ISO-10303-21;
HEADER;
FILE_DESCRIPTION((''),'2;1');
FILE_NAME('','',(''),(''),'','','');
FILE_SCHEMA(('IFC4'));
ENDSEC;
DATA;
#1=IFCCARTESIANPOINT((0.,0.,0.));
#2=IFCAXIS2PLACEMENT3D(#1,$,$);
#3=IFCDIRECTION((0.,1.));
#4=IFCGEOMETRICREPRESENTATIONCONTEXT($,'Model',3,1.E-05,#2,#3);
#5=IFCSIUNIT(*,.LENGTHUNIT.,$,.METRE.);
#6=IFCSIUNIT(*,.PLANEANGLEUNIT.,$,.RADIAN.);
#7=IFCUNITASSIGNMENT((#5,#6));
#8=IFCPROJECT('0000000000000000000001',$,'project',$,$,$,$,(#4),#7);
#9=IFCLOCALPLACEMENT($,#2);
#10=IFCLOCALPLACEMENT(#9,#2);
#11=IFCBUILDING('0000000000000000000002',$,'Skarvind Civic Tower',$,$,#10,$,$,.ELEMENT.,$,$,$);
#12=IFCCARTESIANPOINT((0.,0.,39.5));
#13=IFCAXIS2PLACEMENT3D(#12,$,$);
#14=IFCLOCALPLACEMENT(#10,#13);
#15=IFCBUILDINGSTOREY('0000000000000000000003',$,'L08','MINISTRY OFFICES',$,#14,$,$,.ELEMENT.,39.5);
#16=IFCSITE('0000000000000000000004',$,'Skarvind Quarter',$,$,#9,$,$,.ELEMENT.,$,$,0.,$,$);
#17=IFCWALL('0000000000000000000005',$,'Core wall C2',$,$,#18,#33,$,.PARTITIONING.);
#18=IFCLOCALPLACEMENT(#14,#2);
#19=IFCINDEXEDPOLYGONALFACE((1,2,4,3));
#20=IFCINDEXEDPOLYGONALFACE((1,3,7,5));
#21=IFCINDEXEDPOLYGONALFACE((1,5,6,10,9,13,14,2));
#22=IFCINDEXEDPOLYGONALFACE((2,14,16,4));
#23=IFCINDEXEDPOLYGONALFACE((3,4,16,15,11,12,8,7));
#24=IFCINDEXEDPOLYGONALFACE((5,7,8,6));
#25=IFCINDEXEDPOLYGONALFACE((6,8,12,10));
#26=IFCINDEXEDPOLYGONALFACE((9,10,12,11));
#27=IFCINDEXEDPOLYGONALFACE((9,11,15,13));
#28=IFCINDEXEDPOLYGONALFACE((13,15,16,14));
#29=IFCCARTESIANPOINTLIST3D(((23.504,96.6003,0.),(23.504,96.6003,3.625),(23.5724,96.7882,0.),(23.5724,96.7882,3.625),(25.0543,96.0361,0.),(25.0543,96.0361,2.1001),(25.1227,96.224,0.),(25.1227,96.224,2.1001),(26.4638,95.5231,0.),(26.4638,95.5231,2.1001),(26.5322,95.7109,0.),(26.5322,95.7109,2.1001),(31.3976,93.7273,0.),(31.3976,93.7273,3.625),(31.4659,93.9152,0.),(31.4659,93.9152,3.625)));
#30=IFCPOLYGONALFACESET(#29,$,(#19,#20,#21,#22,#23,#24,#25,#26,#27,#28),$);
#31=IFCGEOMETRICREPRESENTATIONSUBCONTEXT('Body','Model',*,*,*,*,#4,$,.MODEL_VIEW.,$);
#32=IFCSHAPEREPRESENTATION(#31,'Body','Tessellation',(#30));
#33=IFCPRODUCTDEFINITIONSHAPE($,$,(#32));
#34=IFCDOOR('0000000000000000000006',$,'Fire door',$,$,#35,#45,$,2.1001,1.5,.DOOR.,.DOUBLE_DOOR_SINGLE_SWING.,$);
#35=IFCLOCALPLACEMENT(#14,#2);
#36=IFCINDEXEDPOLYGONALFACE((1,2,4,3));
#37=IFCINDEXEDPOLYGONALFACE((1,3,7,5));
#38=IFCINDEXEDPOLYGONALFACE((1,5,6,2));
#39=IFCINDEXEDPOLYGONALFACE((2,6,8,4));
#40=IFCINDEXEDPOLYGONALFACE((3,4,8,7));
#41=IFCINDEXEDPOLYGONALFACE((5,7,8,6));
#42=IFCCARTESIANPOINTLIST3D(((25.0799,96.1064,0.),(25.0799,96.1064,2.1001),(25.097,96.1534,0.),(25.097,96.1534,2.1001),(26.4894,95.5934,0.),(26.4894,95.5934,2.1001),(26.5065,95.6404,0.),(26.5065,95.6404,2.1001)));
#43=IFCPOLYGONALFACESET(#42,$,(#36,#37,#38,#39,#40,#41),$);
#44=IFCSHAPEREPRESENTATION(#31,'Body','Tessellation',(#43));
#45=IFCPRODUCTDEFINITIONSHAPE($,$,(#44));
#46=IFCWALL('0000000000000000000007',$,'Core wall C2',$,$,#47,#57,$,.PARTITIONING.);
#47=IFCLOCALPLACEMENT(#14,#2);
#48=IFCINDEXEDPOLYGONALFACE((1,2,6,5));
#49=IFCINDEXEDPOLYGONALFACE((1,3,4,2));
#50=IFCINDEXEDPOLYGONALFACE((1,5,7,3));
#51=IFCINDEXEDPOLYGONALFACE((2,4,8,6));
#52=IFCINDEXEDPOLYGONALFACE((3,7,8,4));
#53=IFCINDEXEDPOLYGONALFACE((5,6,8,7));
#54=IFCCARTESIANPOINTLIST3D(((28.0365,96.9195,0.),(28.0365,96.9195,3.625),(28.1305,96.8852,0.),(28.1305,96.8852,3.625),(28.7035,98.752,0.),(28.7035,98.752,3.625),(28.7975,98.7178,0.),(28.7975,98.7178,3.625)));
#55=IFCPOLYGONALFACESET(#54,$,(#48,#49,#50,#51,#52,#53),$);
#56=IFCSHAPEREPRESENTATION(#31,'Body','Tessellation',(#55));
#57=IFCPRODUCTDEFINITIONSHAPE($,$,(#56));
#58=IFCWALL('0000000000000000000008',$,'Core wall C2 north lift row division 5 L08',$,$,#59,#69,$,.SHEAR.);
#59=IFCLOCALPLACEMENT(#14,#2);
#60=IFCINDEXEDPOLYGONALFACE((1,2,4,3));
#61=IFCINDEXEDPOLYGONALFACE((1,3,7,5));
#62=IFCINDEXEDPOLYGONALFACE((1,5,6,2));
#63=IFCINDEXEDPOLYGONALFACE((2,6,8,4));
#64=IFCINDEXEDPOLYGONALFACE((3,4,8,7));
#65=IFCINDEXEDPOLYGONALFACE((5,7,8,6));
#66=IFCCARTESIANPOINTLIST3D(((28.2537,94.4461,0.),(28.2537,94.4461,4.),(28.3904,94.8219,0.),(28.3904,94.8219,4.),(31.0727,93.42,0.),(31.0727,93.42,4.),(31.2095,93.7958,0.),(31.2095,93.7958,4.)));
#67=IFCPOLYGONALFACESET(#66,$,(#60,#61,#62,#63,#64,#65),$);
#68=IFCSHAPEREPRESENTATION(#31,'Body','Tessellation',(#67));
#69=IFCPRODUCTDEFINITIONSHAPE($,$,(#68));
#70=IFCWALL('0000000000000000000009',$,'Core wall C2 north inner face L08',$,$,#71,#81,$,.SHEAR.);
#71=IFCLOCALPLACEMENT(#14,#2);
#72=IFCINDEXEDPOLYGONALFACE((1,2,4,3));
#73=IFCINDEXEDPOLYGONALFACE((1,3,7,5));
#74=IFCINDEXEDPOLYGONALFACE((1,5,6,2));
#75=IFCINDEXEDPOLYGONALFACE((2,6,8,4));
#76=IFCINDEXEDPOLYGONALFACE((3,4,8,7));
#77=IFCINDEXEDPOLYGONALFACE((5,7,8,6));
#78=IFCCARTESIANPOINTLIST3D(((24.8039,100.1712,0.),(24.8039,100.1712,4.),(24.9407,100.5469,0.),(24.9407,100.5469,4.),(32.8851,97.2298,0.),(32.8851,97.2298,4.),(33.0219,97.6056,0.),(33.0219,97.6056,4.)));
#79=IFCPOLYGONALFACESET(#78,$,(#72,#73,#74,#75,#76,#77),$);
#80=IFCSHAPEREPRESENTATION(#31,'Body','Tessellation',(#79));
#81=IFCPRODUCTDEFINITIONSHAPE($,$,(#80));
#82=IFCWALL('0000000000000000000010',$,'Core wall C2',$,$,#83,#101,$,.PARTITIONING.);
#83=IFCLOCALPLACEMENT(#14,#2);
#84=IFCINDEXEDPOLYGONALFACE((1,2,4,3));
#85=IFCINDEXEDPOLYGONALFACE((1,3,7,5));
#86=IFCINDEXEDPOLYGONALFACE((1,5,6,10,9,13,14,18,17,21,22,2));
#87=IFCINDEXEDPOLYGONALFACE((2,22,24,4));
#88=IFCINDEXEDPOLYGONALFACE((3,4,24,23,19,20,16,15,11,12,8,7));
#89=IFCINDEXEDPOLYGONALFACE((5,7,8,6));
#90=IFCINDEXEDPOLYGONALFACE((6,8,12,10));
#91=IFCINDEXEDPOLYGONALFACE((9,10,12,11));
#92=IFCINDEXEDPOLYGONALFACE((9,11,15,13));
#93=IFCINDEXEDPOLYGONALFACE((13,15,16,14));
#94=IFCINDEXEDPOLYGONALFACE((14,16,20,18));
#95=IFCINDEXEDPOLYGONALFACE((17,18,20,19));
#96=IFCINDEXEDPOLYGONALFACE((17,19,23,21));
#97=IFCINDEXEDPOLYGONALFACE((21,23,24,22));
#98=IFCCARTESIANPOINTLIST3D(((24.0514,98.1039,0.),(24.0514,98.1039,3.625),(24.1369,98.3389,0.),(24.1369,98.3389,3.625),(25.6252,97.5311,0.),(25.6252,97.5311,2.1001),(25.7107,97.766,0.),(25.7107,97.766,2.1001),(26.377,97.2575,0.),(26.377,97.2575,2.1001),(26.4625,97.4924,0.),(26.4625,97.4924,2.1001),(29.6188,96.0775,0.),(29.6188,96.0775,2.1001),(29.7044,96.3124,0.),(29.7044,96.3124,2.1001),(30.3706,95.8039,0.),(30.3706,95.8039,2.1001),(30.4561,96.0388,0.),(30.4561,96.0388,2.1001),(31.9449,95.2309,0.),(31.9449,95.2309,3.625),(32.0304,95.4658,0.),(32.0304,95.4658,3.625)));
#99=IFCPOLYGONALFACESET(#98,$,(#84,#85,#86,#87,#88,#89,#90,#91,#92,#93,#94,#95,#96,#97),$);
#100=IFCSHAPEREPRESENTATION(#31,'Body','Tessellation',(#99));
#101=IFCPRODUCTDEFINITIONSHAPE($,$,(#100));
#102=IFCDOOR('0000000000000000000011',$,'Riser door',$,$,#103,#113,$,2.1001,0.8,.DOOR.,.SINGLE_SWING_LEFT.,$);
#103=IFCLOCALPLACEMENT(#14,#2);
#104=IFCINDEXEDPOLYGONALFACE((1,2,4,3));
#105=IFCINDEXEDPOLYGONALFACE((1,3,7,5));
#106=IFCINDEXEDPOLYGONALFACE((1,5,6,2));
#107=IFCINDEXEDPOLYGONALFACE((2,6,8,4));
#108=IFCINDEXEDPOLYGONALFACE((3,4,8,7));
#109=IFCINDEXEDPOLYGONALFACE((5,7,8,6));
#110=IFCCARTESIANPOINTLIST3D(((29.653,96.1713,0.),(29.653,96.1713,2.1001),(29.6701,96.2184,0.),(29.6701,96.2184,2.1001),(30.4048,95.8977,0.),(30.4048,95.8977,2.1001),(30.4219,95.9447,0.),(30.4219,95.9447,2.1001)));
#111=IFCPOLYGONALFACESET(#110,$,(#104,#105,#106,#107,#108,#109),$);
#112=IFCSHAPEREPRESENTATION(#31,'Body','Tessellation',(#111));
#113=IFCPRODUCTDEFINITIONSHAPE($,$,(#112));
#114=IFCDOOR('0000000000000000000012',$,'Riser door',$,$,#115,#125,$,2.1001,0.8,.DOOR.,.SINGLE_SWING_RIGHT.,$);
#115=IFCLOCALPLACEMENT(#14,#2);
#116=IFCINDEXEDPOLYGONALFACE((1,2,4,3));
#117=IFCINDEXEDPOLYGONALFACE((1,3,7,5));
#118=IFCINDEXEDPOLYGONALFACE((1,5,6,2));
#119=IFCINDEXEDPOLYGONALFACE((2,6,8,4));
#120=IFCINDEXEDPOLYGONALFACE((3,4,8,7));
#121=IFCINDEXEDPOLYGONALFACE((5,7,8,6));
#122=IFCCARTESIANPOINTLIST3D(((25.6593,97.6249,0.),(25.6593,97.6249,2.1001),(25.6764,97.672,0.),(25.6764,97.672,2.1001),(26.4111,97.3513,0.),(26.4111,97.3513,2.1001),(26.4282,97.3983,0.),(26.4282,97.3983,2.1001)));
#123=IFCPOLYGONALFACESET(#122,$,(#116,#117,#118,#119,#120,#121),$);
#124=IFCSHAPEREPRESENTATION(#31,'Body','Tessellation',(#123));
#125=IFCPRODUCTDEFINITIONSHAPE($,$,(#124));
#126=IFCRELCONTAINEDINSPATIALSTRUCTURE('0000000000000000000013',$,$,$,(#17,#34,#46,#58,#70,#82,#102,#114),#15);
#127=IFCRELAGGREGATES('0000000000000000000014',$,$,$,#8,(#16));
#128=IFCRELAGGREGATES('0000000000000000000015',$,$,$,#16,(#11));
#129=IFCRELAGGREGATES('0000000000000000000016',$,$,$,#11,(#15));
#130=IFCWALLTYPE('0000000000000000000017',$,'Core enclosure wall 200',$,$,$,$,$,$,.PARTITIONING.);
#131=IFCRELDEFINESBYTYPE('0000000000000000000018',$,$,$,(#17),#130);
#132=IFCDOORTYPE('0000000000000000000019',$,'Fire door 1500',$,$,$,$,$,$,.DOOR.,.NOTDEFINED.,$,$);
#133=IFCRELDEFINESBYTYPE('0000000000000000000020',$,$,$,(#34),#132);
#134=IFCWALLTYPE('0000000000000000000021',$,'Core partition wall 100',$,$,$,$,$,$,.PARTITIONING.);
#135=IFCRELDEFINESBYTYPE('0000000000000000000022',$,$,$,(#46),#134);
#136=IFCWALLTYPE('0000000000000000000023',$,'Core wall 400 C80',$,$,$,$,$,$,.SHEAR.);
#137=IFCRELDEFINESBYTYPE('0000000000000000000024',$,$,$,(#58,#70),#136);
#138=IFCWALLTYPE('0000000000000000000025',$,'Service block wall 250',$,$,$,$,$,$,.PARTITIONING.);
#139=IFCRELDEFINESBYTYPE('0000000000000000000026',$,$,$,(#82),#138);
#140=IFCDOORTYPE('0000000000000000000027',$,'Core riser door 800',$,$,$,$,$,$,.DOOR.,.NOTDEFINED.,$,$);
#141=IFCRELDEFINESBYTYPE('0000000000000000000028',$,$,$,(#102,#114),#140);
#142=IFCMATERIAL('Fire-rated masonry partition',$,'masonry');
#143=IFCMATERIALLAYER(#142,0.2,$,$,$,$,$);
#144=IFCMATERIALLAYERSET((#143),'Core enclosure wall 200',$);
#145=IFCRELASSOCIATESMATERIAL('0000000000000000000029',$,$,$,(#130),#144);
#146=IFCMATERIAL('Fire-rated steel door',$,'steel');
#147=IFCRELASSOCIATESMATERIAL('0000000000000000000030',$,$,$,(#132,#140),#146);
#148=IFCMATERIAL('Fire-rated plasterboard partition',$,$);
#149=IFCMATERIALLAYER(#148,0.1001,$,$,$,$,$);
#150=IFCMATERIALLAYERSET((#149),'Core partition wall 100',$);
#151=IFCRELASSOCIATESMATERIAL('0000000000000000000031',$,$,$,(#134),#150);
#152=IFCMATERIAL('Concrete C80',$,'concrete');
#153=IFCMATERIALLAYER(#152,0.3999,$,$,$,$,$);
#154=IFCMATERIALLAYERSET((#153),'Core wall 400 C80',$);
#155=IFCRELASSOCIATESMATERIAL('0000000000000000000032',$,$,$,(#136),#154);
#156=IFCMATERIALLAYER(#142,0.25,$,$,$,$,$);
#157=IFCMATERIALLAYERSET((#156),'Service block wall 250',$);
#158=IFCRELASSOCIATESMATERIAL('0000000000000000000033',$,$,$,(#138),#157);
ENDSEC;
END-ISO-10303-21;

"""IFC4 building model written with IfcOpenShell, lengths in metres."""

from ifc_helpers import new_model, si_unit, direction, frame, frame_2d, origin, place, context, subcontext, project, spatial, rectangle, extrude, material, layer, layer_set, type_object, element, fill, save


model = new_model("IFC4")

# Units and contexts
model_context = context("Model", 3, precision=1e-05, world=origin(), true_north=direction((0.0, 1.0)))
body_context = subcontext(model_context, "Body", "Model", "MODEL_VIEW")
ifc_project = project(units=[si_unit("LENGTHUNIT", "METRE"), si_unit("PLANEANGLEUNIT", "RADIAN")], contexts=[model_context])

# Site, building, storey
site_placement = place(None, origin())
site = spatial("IfcSite", under=ifc_project, at=site_placement, Name="Skarvind Quarter", CompositionType="ELEMENT", RefElevation=0.0)
building_placement = place(site_placement, origin())
building = spatial("IfcBuilding", under=site, at=building_placement, Name="Skarvind Civic Tower", CompositionType="ELEMENT")
storey_placement = place(building_placement, frame((0.0, 0.0, 39.5)))
storey = spatial("IfcBuildingStorey", under=building, at=storey_placement, Name="L08", Description="MINISTRY OFFICES", CompositionType="ELEMENT", Elevation=39.5)

# Shared definitions
ifc_material_1 = material(Name="Concrete C80", Category="concrete")

# Wall, opening, door
ifc_material_2 = material(Name="Fire-rated masonry partition", Category="masonry")
ifc_layer_1 = layer(ifc_material_2, 0.2)
ifc_layer_set_1 = layer_set([ifc_layer_1], Name="Core enclosure wall 200")
wall_type_1 = type_object("IfcWallType", Name="Core enclosure wall 200", PredefinedType="PARTITIONING", material=ifc_layer_set_1)
ifc_material_3 = material(Name="Fire-rated steel door", Category="steel")
wall_1_placement = place(storey_placement, frame((23.5381, 96.6943, 0.0), z_axis=(0.0, 0.0, 1.0), x_axis=(0.939692, -0.342023, 0.0)))
wall_1 = element("IfcWall", 1, at=wall_1_placement, inside=storey, type_object=wall_type_1, Name="Core wall C2", PredefinedType="PARTITIONING", context=body_context, shape_type="SweptSolid", body=[
    extrude(rectangle(XDim=8.4001, YDim=0.2, at=frame_2d((4.2002, 0.0))), origin(), (0.0, 0.0, 1.0), 3.625),
])
opening_1_placement = place(wall_1_placement, frame((1.6499, 0.0, 0.0)))
opening_1 = element("IfcOpeningElement", 2, at=opening_1_placement, cuts=wall_1, PredefinedType="OPENING", context=body_context, shape_type="SweptSolid", body=[
    extrude(rectangle(XDim=1.5, YDim=2.1001, at=frame_2d((0.75, 1.05))), frame((0.0, 0.1099, 0.0), z_axis=(0.0, -1.0, 0.0), x_axis=(1.0, 0.0, 0.0)), (0.0, 0.0, 1.0), 0.22),
])
door_type_1 = type_object("IfcDoorType", Name="Fire door 1500", OperationType="NOTDEFINED", PredefinedType="DOOR", material=ifc_material_3)
door_1_placement = place(opening_1_placement, origin())
door_1 = element("IfcDoor", 3, at=door_1_placement, inside=storey, type_object=door_type_1, Name="Fire door", OperationType="DOUBLE_DOOR_SINGLE_SWING", OverallHeight=2.1001, OverallWidth=1.5, PredefinedType="DOOR", context=body_context, shape_type="SweptSolid", body=[
    extrude(rectangle(XDim=1.5, YDim=2.1001, at=frame_2d((0.75, 1.05))), frame((0.0, 0.0249, 0.0), z_axis=(0.0, -1.0, 0.0), x_axis=(1.0, 0.0, 0.0)), (0.0, 0.0, 1.0), 0.05),
])
fill(opening_1, door_1)

# Walls
ifc_material_4 = material(Name="Fire-rated plasterboard partition")
ifc_layer_2 = layer(ifc_material_4, 0.1001)
ifc_layer_set_2 = layer_set([ifc_layer_2], Name="Core partition wall 100")
wall_type_2 = type_object("IfcWallType", Name="Core partition wall 100", PredefinedType="PARTITIONING", material=ifc_layer_set_2)
wall_2_placement = place(storey_placement, frame((28.0835, 96.9023, 0.0), z_axis=(0.0, 0.0, 1.0), x_axis=(0.342025, 0.939691, 0.0)))
element("IfcWall", 4, at=wall_2_placement, inside=storey, type_object=wall_type_2, Name="Core wall C2", PredefinedType="PARTITIONING", context=body_context, shape_type="SweptSolid", body=[
    extrude(rectangle(XDim=1.9502, YDim=0.1001, at=frame_2d((0.9751, 0.0))), origin(), (0.0, 0.0, 1.0), 3.625),
])
ifc_layer_3 = layer(ifc_material_1, 0.3999)
ifc_layer_set_3 = layer_set([ifc_layer_3], Name="Core wall 400 C80")
wall_type_3 = type_object("IfcWallType", Name="Core wall 400 C80", PredefinedType="SHEAR", material=ifc_layer_set_3)
wall_3_placement = place(storey_placement, frame((31.1411, 93.6079, 0.0), z_axis=(0.0, 0.0, 1.0), x_axis=(-0.939686, 0.342037, 0.0)))
element("IfcWall", 5, at=wall_3_placement, inside=storey, type_object=wall_type_3, Name="Core wall C2 north lift row division 5 L08", PredefinedType="SHEAR", context=body_context, shape_type="SweptSolid", body=[
    extrude(rectangle(XDim=3.0, YDim=0.3999, at=frame_2d((1.5, 0.0))), origin(), (0.0, 0.0, 1.0), 4.0),
])
wall_4_placement = place(storey_placement, frame((32.9534, 97.4177, 0.0), z_axis=(0.0, 0.0, 1.0), x_axis=(-0.939691, 0.342026, 0.0)))
element("IfcWall", 6, at=wall_4_placement, inside=storey, type_object=wall_type_3, Name="Core wall C2 north inner face L08", PredefinedType="SHEAR", context=body_context, shape_type="SweptSolid", body=[
    extrude(rectangle(XDim=8.5999, YDim=0.3999, at=frame_2d((4.2998, 0.0))), origin(), (0.0, 0.0, 1.0), 4.0),
])

# Wall, openings, doors
ifc_layer_4 = layer(ifc_material_2, 0.25)
ifc_layer_set_4 = layer_set([ifc_layer_4], Name="Service block wall 250")
wall_type_4 = type_object("IfcWallType", Name="Service block wall 250", PredefinedType="PARTITIONING", material=ifc_layer_set_4)
wall_5_placement = place(storey_placement, frame((24.094, 98.2214, 0.0), z_axis=(0.0, 0.0, 1.0), x_axis=(0.939692, -0.342023, 0.0)))
wall_5 = element("IfcWall", 7, at=wall_5_placement, inside=storey, type_object=wall_type_4, Name="Core wall C2", PredefinedType="PARTITIONING", context=body_context, shape_type="SweptSolid", body=[
    extrude(rectangle(XDim=8.4001, YDim=0.25, at=frame_2d((4.2002, 0.0))), origin(), (0.0, 0.0, 1.0), 3.625),
])
opening_2_placement = place(wall_5_placement, frame((5.925, 0.0, 0.0)))
opening_2 = element("IfcOpeningElement", 8, at=opening_2_placement, cuts=wall_5, PredefinedType="OPENING", context=body_context, shape_type="SweptSolid", body=[
    extrude(rectangle(XDim=0.8, YDim=2.1001, at=frame_2d((0.3999, 1.05))), frame((0.0, 0.135, 0.0), z_axis=(0.0, -1.0, 0.0), x_axis=(1.0, 0.0, 0.0)), (0.0, 0.0, 1.0), 0.27),
])
opening_3_placement = place(wall_5_placement, frame((1.675, 0.0, 0.0)))
opening_3 = element("IfcOpeningElement", 9, at=opening_3_placement, cuts=wall_5, PredefinedType="OPENING", context=body_context, shape_type="SweptSolid", body=[
    extrude(rectangle(XDim=0.8, YDim=2.1001, at=frame_2d((0.3999, 1.05))), frame((0.0, 0.135, 0.0), z_axis=(0.0, -1.0, 0.0), x_axis=(1.0, 0.0, 0.0)), (0.0, 0.0, 1.0), 0.27),
])
door_type_2 = type_object("IfcDoorType", Name="Core riser door 800", OperationType="NOTDEFINED", PredefinedType="DOOR", material=ifc_material_3)
door_2_placement = place(opening_2_placement, origin())
door_2 = element("IfcDoor", 10, at=door_2_placement, inside=storey, type_object=door_type_2, Name="Riser door", OperationType="SINGLE_SWING_LEFT", OverallHeight=2.1001, OverallWidth=0.8, PredefinedType="DOOR", context=body_context, shape_type="SweptSolid", body=[
    extrude(rectangle(XDim=0.8, YDim=2.1001, at=frame_2d((0.3999, 1.05))), frame((0.0, 0.0249, 0.0), z_axis=(0.0, -1.0, 0.0), x_axis=(1.0, 0.0, 0.0)), (0.0, 0.0, 1.0), 0.05),
])
fill(opening_2, door_2)
door_3_placement = place(opening_3_placement, origin())
door_3 = element("IfcDoor", 11, at=door_3_placement, inside=storey, type_object=door_type_2, Name="Riser door", OperationType="SINGLE_SWING_RIGHT", OverallHeight=2.1001, OverallWidth=0.8, PredefinedType="DOOR", context=body_context, shape_type="SweptSolid", body=[
    extrude(rectangle(XDim=0.8, YDim=2.1001, at=frame_2d((0.3999, 1.05))), frame((0.0, 0.0249, 0.0), z_axis=(0.0, -1.0, 0.0), x_axis=(1.0, 0.0, 0.0)), (0.0, 0.0, 1.0), 0.05),
])
fill(opening_3, door_3)

save(model, "model.ifc")
